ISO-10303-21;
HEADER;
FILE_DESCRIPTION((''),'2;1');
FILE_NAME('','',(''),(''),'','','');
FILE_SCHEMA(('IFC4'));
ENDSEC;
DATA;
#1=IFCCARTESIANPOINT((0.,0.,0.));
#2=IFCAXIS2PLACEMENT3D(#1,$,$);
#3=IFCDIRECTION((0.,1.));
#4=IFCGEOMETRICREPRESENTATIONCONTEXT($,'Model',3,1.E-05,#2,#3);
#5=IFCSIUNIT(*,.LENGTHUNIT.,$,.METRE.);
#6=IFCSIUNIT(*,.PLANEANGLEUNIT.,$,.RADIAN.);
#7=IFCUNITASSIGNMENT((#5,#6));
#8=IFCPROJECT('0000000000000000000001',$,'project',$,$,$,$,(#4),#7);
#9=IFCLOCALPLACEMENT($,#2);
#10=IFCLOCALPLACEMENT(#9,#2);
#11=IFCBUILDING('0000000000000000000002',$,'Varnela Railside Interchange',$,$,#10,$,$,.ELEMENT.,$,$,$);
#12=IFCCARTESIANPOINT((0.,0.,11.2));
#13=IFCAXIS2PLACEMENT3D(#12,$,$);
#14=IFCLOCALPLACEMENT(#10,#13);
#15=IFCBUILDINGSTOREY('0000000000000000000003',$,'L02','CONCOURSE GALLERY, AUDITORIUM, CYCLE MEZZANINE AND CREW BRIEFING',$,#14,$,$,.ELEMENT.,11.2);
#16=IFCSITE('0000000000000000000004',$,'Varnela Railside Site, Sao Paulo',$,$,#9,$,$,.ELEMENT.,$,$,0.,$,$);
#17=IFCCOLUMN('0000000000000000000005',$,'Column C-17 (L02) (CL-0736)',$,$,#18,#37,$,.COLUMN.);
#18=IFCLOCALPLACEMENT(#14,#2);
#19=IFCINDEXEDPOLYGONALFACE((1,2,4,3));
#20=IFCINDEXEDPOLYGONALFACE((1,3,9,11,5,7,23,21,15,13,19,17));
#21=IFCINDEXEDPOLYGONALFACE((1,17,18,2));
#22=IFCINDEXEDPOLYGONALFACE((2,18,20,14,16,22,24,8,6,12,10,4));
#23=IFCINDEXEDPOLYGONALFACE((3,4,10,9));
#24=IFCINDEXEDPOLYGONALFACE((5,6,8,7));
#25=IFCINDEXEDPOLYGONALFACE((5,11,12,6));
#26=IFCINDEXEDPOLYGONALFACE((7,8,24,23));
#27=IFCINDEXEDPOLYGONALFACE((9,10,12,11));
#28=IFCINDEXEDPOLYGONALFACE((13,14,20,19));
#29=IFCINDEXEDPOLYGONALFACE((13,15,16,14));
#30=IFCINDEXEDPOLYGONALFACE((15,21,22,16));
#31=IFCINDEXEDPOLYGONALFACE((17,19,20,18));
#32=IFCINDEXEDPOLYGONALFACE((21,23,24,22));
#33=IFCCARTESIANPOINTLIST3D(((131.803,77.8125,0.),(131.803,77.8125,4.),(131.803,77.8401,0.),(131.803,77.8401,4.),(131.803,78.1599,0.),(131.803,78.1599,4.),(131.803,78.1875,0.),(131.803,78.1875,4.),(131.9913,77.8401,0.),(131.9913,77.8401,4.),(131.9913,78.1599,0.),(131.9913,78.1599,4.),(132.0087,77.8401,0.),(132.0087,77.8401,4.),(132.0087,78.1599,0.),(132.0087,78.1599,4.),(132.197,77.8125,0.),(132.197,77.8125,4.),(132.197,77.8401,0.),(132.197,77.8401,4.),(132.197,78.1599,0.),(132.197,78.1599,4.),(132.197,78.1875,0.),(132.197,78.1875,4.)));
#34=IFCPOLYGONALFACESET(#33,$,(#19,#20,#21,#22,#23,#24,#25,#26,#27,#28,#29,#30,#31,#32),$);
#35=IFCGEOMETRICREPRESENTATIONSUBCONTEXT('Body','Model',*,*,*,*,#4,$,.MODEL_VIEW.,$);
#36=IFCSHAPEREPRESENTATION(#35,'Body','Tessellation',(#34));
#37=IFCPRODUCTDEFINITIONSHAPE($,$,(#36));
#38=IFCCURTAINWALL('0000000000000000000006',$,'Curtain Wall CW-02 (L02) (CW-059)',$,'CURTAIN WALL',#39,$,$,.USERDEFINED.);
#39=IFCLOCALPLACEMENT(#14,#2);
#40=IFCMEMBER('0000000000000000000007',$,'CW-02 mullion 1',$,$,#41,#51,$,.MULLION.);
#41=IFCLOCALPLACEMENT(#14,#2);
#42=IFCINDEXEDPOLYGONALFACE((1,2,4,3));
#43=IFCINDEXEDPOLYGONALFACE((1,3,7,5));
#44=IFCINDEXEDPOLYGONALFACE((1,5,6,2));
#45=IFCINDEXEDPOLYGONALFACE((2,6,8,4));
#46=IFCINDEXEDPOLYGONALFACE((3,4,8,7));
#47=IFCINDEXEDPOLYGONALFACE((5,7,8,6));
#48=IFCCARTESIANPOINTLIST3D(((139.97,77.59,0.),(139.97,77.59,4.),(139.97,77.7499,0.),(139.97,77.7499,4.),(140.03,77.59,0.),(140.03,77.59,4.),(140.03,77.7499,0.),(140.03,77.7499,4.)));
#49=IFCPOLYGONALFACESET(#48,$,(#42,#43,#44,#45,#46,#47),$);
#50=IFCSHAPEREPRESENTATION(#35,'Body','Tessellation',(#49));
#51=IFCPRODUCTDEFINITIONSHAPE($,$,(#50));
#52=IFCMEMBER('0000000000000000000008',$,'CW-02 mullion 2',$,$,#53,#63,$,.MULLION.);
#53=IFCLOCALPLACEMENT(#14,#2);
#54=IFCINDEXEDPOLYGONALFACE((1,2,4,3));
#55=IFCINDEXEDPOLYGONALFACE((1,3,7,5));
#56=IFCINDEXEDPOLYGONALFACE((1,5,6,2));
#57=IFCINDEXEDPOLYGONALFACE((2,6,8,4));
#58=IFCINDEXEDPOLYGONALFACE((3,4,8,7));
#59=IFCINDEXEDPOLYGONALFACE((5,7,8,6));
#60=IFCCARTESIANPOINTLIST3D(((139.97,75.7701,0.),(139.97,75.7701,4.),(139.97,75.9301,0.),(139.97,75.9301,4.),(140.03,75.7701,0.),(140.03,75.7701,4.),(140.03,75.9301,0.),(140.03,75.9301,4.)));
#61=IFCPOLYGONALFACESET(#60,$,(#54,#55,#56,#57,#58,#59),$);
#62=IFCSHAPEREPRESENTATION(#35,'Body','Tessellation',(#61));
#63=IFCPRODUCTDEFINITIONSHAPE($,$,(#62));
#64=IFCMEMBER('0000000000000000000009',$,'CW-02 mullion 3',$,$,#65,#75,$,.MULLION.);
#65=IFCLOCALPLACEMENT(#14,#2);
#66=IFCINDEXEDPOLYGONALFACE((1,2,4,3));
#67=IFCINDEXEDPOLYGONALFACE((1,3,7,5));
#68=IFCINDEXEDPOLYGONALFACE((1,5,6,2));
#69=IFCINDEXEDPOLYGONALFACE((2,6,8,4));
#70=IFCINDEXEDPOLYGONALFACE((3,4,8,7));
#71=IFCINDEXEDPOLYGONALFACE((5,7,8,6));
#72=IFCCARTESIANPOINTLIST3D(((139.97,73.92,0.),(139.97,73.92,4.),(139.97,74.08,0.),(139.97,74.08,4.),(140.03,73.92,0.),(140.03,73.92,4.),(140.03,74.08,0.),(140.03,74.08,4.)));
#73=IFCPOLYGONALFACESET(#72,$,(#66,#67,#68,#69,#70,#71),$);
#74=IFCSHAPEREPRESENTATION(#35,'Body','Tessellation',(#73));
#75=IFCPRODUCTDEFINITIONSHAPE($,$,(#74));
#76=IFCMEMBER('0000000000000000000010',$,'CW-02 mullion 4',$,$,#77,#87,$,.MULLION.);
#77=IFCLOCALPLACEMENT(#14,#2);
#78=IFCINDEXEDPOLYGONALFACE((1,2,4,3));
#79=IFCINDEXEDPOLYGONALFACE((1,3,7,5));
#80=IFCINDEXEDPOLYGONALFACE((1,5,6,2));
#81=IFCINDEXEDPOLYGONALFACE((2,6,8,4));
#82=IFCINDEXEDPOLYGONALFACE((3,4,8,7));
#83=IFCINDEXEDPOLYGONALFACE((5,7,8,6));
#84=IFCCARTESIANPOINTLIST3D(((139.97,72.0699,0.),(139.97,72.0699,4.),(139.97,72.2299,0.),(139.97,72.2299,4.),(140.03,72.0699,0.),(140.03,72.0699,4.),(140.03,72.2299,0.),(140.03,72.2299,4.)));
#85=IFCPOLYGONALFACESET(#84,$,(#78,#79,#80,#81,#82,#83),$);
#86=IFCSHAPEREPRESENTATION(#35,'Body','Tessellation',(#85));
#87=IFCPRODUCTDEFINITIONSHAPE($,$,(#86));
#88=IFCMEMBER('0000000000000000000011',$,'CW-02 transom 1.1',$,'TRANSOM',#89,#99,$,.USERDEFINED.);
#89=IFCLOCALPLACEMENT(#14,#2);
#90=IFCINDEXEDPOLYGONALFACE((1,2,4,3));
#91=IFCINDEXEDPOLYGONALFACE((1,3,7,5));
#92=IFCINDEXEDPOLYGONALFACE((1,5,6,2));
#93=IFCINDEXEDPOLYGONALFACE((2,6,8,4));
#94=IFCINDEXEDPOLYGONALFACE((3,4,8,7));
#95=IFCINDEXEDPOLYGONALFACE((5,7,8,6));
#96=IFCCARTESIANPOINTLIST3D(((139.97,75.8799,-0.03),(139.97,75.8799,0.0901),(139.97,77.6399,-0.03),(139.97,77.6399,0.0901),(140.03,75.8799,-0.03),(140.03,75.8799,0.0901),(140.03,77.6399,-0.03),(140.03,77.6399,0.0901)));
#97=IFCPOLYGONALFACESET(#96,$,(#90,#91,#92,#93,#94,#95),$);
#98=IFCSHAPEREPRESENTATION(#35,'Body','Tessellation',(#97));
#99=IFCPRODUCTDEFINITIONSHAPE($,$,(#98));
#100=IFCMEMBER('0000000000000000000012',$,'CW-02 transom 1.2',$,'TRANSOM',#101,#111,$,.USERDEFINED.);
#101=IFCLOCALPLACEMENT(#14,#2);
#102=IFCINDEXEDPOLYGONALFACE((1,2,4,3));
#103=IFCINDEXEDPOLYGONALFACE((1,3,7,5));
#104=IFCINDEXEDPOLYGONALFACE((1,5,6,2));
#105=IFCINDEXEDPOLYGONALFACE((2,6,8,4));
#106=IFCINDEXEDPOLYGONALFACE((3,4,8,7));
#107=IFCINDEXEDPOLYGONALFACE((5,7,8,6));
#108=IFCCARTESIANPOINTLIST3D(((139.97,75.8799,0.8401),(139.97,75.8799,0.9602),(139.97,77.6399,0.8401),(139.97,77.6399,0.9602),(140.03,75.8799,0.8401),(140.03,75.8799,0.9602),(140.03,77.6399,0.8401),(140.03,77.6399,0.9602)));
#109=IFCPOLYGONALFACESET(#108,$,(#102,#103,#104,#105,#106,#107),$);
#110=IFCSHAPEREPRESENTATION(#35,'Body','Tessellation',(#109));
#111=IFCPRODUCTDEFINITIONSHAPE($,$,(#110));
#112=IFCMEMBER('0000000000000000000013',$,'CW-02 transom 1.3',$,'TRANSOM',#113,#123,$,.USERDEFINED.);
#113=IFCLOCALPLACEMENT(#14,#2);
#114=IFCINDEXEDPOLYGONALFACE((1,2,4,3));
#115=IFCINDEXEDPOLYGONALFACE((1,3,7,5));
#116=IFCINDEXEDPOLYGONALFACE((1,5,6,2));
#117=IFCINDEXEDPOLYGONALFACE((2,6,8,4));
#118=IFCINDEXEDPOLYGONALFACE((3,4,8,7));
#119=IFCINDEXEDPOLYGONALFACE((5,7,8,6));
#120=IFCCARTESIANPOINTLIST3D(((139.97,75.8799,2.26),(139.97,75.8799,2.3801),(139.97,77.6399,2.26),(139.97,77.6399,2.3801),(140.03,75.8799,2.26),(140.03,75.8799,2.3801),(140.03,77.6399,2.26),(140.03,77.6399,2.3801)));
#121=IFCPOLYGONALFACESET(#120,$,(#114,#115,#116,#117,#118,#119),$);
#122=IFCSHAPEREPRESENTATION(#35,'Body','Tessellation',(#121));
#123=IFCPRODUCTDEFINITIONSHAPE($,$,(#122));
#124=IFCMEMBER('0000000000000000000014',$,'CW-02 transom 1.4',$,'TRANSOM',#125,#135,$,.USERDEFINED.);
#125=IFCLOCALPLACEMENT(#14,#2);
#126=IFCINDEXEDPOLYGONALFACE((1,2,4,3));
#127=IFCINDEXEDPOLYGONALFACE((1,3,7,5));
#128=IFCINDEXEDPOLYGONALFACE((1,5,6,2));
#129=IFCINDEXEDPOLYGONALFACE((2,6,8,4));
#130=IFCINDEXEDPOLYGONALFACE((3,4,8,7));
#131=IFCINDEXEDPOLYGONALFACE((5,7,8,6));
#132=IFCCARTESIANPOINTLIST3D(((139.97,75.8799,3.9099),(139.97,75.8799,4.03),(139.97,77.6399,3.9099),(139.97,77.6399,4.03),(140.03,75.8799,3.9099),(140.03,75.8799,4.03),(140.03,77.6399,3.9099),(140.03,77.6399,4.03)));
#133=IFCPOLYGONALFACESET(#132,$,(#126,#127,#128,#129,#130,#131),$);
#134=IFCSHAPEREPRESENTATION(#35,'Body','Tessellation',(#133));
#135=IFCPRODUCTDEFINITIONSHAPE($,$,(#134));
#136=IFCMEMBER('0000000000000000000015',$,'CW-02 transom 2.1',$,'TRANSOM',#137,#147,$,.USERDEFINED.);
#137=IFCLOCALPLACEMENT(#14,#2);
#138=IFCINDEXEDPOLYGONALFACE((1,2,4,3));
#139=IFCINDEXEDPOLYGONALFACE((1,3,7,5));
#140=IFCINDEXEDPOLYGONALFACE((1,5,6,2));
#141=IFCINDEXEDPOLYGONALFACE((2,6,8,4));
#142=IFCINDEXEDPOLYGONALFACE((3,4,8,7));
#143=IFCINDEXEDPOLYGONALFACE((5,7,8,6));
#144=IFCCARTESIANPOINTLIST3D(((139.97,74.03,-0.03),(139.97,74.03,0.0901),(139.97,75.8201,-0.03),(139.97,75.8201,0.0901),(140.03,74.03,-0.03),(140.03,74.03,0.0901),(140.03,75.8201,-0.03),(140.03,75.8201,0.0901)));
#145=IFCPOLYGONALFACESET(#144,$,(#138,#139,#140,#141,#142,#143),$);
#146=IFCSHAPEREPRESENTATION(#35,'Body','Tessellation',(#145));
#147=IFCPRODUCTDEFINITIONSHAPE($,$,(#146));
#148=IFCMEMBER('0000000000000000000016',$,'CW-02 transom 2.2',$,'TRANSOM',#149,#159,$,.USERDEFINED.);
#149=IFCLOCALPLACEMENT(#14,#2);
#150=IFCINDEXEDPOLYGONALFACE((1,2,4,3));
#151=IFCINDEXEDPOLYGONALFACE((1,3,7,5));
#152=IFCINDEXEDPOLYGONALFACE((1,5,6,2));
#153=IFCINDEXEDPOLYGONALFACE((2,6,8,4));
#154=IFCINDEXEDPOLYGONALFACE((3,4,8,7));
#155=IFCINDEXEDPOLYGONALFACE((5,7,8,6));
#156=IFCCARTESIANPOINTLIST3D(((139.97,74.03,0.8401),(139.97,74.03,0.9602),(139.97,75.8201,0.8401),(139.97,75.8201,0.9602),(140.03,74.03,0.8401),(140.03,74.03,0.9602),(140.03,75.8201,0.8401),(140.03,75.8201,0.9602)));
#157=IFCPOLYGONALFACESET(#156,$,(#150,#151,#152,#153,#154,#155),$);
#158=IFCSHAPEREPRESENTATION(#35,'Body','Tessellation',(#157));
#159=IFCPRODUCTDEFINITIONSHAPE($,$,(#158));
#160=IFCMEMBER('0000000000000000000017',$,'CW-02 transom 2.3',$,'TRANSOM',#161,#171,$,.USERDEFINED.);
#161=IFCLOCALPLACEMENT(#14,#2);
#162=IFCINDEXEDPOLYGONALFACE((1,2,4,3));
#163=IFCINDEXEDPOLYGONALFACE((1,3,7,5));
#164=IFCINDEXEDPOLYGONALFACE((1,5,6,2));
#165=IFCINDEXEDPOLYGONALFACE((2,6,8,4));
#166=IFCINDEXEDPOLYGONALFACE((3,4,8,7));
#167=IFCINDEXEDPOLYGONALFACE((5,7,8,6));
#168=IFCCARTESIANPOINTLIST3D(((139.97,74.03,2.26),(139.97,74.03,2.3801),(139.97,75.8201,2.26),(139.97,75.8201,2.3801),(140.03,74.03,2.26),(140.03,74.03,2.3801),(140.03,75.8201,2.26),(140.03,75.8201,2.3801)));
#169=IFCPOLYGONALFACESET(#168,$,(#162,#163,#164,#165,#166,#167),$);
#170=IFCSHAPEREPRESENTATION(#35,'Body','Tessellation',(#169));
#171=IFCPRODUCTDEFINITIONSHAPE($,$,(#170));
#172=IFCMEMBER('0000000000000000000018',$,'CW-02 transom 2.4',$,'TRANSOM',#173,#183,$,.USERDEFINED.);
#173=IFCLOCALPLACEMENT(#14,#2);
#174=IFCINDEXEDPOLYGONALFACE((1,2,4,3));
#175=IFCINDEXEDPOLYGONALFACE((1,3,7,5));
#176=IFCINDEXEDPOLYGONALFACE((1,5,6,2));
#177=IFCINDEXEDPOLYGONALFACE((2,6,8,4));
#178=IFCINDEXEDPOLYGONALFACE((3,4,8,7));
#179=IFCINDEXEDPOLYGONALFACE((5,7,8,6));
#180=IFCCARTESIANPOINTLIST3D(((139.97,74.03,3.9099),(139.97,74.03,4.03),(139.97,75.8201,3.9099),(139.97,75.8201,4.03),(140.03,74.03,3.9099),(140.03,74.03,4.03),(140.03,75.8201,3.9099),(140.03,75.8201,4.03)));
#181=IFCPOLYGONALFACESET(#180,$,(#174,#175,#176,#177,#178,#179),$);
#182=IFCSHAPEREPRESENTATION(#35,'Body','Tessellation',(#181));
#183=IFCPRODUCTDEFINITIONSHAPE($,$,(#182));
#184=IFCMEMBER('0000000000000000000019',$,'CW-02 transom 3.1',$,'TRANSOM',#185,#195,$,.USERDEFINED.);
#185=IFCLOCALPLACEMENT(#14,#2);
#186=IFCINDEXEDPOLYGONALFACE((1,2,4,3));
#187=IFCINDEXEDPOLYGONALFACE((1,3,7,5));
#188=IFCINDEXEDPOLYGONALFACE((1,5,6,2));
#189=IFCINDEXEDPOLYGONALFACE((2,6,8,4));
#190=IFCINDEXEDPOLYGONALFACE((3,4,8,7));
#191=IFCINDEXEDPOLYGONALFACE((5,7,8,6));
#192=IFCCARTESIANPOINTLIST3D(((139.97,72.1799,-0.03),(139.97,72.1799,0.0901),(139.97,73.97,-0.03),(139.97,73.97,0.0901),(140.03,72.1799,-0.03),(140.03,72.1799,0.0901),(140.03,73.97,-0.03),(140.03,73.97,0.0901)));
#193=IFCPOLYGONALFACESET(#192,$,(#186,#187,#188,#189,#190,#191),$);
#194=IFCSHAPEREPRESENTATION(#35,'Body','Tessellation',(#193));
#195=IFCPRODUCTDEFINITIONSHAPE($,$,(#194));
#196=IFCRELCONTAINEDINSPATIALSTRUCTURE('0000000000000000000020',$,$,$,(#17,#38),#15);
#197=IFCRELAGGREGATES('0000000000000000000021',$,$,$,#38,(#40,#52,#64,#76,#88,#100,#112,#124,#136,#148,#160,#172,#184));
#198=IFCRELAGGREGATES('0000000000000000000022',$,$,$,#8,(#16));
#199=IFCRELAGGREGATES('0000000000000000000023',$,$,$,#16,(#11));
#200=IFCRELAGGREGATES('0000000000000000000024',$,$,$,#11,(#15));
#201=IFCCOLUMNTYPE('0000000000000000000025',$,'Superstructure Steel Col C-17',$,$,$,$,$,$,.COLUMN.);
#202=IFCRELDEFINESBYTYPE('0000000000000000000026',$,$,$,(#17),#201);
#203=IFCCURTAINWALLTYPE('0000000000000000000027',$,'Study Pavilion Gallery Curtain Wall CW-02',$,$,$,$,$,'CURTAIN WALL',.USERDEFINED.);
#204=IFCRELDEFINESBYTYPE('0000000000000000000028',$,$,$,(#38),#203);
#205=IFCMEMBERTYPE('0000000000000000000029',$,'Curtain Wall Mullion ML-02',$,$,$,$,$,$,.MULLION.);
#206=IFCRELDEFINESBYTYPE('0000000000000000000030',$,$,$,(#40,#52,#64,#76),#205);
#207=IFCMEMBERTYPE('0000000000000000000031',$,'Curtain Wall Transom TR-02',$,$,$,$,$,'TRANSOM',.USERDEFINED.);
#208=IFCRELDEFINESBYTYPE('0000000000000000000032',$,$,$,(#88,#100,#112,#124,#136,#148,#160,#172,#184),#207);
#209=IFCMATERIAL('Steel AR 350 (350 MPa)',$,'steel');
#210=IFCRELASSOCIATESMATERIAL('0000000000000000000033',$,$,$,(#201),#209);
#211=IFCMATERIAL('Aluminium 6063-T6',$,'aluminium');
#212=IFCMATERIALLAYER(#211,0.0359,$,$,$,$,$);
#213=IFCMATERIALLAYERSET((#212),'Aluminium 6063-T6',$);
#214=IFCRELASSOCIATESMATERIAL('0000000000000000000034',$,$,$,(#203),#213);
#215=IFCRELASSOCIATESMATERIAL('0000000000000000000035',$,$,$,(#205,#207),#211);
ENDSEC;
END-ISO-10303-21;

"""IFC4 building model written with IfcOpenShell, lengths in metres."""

from ifc_helpers import new_model, si_unit, direction, frame, origin, origin_2d, place, context, subcontext, project, spatial, rectangle, i_section, extrude, material, layer, layer_set, material_profile, profile_set, type_object, element, aggregate, save


model = new_model("IFC4")

# Units and contexts
model_context = context("Model", 3, precision=1e-05, world=origin(), true_north=direction((0.0, 1.0)))
body_context = subcontext(model_context, "Body", "Model", "MODEL_VIEW")
ifc_project = project(units=[si_unit("LENGTHUNIT", "METRE"), si_unit("PLANEANGLEUNIT", "RADIAN")], contexts=[model_context])

# Site, building, storey
site_placement = place(None, origin())
site = spatial("IfcSite", under=ifc_project, at=site_placement, Name="Varnela Railside Site, Sao Paulo", CompositionType="ELEMENT", RefElevation=0.0)
building_placement = place(site_placement, origin())
building = spatial("IfcBuilding", under=site, at=building_placement, Name="Varnela Railside Interchange", CompositionType="ELEMENT")
storey_placement = place(building_placement, frame((0.0, 0.0, 11.2)))
storey = spatial("IfcBuildingStorey", under=building, at=storey_placement, Name="L02", Description="CONCOURSE GALLERY, AUDITORIUM, CYCLE MEZZANINE AND CREW BRIEFING", CompositionType="ELEMENT", Elevation=11.2)

# Column
ifc_material_1 = material(Name="Steel AR 350 (350 MPa)", Category="steel")
ifc_material_profile_1 = material_profile(ifc_material_1, i_section(OverallWidth=0.394, OverallDepth=0.375, WebThickness=0.0173, FlangeThickness=0.0276, at=origin_2d()), Name="W360x216")
ifc_profile_set_1 = profile_set([ifc_material_profile_1], Name="Steel AR 350 (350 MPa)")
column_type = type_object("IfcColumnType", Name="Superstructure Steel Col C-17", PredefinedType="COLUMN", material=ifc_profile_set_1)
column_placement = place(storey_placement, frame((132.0, 78.0, 0.0), z_axis=(0.0, 0.0, 1.0), x_axis=(1.0, 0.0, 0.0)))
element("IfcColumn", 1, at=column_placement, inside=storey, type_object=column_type, Name="Column C-17 (L02) (CL-0736)", PredefinedType="COLUMN", context=body_context, shape_type="SweptSolid", body=[
    extrude(i_section(OverallWidth=0.394, OverallDepth=0.375, WebThickness=0.0173, FlangeThickness=0.0276, at=origin_2d()), origin(), (0.0, 0.0, 1.0), 4.0),
])

# Curtain wall, members
ifc_material_2 = material(Name="Aluminium 6063-T6", Category="aluminium")
ifc_layer_1 = layer(ifc_material_2, 0.0359)
ifc_layer_set_1 = layer_set([ifc_layer_1], Name="Aluminium 6063-T6")
curtain_wall_type = type_object("IfcCurtainWallType", Name="Study Pavilion Gallery Curtain Wall CW-02", ElementType="CURTAIN WALL", PredefinedType="USERDEFINED", material=ifc_layer_set_1)
curtain_wall_placement = place(storey_placement, origin())
curtain_wall = element("IfcCurtainWall", 2, at=curtain_wall_placement, inside=storey, type_object=curtain_wall_type, Name="Curtain Wall CW-02 (L02) (CW-059)", ObjectType="CURTAIN WALL", PredefinedType="USERDEFINED")
ifc_material_profile_2 = material_profile(ifc_material_2, rectangle(XDim=0.0601, YDim=0.1599, at=origin_2d()), Name="ALU 60x160")
ifc_profile_set_2 = profile_set([ifc_material_profile_2], Name="Aluminium 6063-T6")
member_type_1 = type_object("IfcMemberType", Name="Curtain Wall Mullion ML-02", PredefinedType="MULLION", material=ifc_profile_set_2)
member_1_placement = place(storey_placement, frame((140.0, 77.6699, 0.0), z_axis=(0.0, 0.0, 1.0), x_axis=(1.0, 0.0, 0.0)))
member_1 = element("IfcMember", 3, at=member_1_placement, type_object=member_type_1, Name="CW-02 mullion 1", PredefinedType="MULLION", context=body_context, shape_type="SweptSolid", body=[
    extrude(rectangle(XDim=0.0601, YDim=0.1599, at=origin_2d()), origin(), (0.0, 0.0, 1.0), 4.0),
])
member_2_placement = place(storey_placement, frame((140.0, 75.8501, 0.0), z_axis=(0.0, 0.0, 1.0), x_axis=(1.0, 0.0, 0.0)))
member_2 = element("IfcMember", 4, at=member_2_placement, type_object=member_type_1, Name="CW-02 mullion 2", PredefinedType="MULLION", context=body_context, shape_type="SweptSolid", body=[
    extrude(rectangle(XDim=0.0601, YDim=0.1599, at=origin_2d()), origin(), (0.0, 0.0, 1.0), 4.0),
])
member_3_placement = place(storey_placement, frame((140.0, 74.0, 0.0), z_axis=(0.0, 0.0, 1.0), x_axis=(1.0, 0.0, 0.0)))
member_3 = element("IfcMember", 5, at=member_3_placement, type_object=member_type_1, Name="CW-02 mullion 3", PredefinedType="MULLION", context=body_context, shape_type="SweptSolid", body=[
    extrude(rectangle(XDim=0.0601, YDim=0.1599, at=origin_2d()), origin(), (0.0, 0.0, 1.0), 4.0),
])
member_4_placement = place(storey_placement, frame((140.0, 72.1499, 0.0), z_axis=(0.0, 0.0, 1.0), x_axis=(1.0, 0.0, 0.0)))
member_4 = element("IfcMember", 6, at=member_4_placement, type_object=member_type_1, Name="CW-02 mullion 4", PredefinedType="MULLION", context=body_context, shape_type="SweptSolid", body=[
    extrude(rectangle(XDim=0.0601, YDim=0.1599, at=origin_2d()), origin(), (0.0, 0.0, 1.0), 4.0),
])
ifc_material_profile_3 = material_profile(ifc_material_2, rectangle(XDim=0.0601, YDim=0.1201, at=origin_2d()), Name="ALU 60x120")
ifc_profile_set_3 = profile_set([ifc_material_profile_3], Name="Aluminium 6063-T6")
member_type_2 = type_object("IfcMemberType", Name="Curtain Wall Transom TR-02", ElementType="TRANSOM", PredefinedType="USERDEFINED", material=ifc_profile_set_3)
member_5_placement = place(storey_placement, frame((140.0, 77.6399, 0.03), z_axis=(0.0, -1.0, 0.0), x_axis=(1.0, 0.0, 0.0)))
member_5 = element("IfcMember", 7, at=member_5_placement, type_object=member_type_2, Name="CW-02 transom 1.1", ObjectType="TRANSOM", PredefinedType="USERDEFINED", context=body_context, shape_type="SweptSolid", body=[
    extrude(rectangle(XDim=0.0601, YDim=0.1201, at=origin_2d()), origin(), (0.0, 0.0, 1.0), 1.76),
])
member_6_placement = place(storey_placement, frame((140.0, 77.6399, 0.9001), z_axis=(0.0, -1.0, 0.0), x_axis=(1.0, 0.0, 0.0)))
member_6 = element("IfcMember", 8, at=member_6_placement, type_object=member_type_2, Name="CW-02 transom 1.2", ObjectType="TRANSOM", PredefinedType="USERDEFINED", context=body_context, shape_type="SweptSolid", body=[
    extrude(rectangle(XDim=0.0601, YDim=0.1201, at=origin_2d()), origin(), (0.0, 0.0, 1.0), 1.76),
])
member_7_placement = place(storey_placement, frame((140.0, 77.6399, 2.3201), z_axis=(0.0, -1.0, 0.0), x_axis=(1.0, 0.0, 0.0)))
member_7 = element("IfcMember", 9, at=member_7_placement, type_object=member_type_2, Name="CW-02 transom 1.3", ObjectType="TRANSOM", PredefinedType="USERDEFINED", context=body_context, shape_type="SweptSolid", body=[
    extrude(rectangle(XDim=0.0601, YDim=0.1201, at=origin_2d()), origin(), (0.0, 0.0, 1.0), 1.76),
])
member_8_placement = place(storey_placement, frame((140.0, 77.6399, 3.97), z_axis=(0.0, -1.0, 0.0), x_axis=(1.0, 0.0, 0.0)))
member_8 = element("IfcMember", 10, at=member_8_placement, type_object=member_type_2, Name="CW-02 transom 1.4", ObjectType="TRANSOM", PredefinedType="USERDEFINED", context=body_context, shape_type="SweptSolid", body=[
    extrude(rectangle(XDim=0.0601, YDim=0.1201, at=origin_2d()), origin(), (0.0, 0.0, 1.0), 1.76),
])
member_9_placement = place(storey_placement, frame((140.0, 75.8201, 0.03), z_axis=(0.0, -1.0, 0.0), x_axis=(1.0, 0.0, 0.0)))
member_9 = element("IfcMember", 11, at=member_9_placement, type_object=member_type_2, Name="CW-02 transom 2.1", ObjectType="TRANSOM", PredefinedType="USERDEFINED", context=body_context, shape_type="SweptSolid", body=[
    extrude(rectangle(XDim=0.0601, YDim=0.1201, at=origin_2d()), origin(), (0.0, 0.0, 1.0), 1.79),
])
member_10_placement = place(storey_placement, frame((140.0, 75.8201, 0.9001), z_axis=(0.0, -1.0, 0.0), x_axis=(1.0, 0.0, 0.0)))
member_10 = element("IfcMember", 12, at=member_10_placement, type_object=member_type_2, Name="CW-02 transom 2.2", ObjectType="TRANSOM", PredefinedType="USERDEFINED", context=body_context, shape_type="SweptSolid", body=[
    extrude(rectangle(XDim=0.0601, YDim=0.1201, at=origin_2d()), origin(), (0.0, 0.0, 1.0), 1.79),
])
member_11_placement = place(storey_placement, frame((140.0, 75.8201, 2.3201), z_axis=(0.0, -1.0, 0.0), x_axis=(1.0, 0.0, 0.0)))
member_11 = element("IfcMember", 13, at=member_11_placement, type_object=member_type_2, Name="CW-02 transom 2.3", ObjectType="TRANSOM", PredefinedType="USERDEFINED", context=body_context, shape_type="SweptSolid", body=[
    extrude(rectangle(XDim=0.0601, YDim=0.1201, at=origin_2d()), origin(), (0.0, 0.0, 1.0), 1.79),
])
member_12_placement = place(storey_placement, frame((140.0, 75.8201, 3.97), z_axis=(0.0, -1.0, 0.0), x_axis=(1.0, 0.0, 0.0)))
member_12 = element("IfcMember", 14, at=member_12_placement, type_object=member_type_2, Name="CW-02 transom 2.4", ObjectType="TRANSOM", PredefinedType="USERDEFINED", context=body_context, shape_type="SweptSolid", body=[
    extrude(rectangle(XDim=0.0601, YDim=0.1201, at=origin_2d()), origin(), (0.0, 0.0, 1.0), 1.79),
])
member_13_placement = place(storey_placement, frame((140.0, 73.97, 0.03), z_axis=(0.0, -1.0, 0.0), x_axis=(1.0, 0.0, 0.0)))
member_13 = element("IfcMember", 15, at=member_13_placement, type_object=member_type_2, Name="CW-02 transom 3.1", ObjectType="TRANSOM", PredefinedType="USERDEFINED", context=body_context, shape_type="SweptSolid", body=[
    extrude(rectangle(XDim=0.0601, YDim=0.1201, at=origin_2d()), origin(), (0.0, 0.0, 1.0), 1.79),
])
aggregate(curtain_wall, [member_1, member_2, member_3, member_4, member_5, member_6, member_7, member_8, member_9, member_10, member_11, member_12, member_13])

save(model, "model.ifc")
